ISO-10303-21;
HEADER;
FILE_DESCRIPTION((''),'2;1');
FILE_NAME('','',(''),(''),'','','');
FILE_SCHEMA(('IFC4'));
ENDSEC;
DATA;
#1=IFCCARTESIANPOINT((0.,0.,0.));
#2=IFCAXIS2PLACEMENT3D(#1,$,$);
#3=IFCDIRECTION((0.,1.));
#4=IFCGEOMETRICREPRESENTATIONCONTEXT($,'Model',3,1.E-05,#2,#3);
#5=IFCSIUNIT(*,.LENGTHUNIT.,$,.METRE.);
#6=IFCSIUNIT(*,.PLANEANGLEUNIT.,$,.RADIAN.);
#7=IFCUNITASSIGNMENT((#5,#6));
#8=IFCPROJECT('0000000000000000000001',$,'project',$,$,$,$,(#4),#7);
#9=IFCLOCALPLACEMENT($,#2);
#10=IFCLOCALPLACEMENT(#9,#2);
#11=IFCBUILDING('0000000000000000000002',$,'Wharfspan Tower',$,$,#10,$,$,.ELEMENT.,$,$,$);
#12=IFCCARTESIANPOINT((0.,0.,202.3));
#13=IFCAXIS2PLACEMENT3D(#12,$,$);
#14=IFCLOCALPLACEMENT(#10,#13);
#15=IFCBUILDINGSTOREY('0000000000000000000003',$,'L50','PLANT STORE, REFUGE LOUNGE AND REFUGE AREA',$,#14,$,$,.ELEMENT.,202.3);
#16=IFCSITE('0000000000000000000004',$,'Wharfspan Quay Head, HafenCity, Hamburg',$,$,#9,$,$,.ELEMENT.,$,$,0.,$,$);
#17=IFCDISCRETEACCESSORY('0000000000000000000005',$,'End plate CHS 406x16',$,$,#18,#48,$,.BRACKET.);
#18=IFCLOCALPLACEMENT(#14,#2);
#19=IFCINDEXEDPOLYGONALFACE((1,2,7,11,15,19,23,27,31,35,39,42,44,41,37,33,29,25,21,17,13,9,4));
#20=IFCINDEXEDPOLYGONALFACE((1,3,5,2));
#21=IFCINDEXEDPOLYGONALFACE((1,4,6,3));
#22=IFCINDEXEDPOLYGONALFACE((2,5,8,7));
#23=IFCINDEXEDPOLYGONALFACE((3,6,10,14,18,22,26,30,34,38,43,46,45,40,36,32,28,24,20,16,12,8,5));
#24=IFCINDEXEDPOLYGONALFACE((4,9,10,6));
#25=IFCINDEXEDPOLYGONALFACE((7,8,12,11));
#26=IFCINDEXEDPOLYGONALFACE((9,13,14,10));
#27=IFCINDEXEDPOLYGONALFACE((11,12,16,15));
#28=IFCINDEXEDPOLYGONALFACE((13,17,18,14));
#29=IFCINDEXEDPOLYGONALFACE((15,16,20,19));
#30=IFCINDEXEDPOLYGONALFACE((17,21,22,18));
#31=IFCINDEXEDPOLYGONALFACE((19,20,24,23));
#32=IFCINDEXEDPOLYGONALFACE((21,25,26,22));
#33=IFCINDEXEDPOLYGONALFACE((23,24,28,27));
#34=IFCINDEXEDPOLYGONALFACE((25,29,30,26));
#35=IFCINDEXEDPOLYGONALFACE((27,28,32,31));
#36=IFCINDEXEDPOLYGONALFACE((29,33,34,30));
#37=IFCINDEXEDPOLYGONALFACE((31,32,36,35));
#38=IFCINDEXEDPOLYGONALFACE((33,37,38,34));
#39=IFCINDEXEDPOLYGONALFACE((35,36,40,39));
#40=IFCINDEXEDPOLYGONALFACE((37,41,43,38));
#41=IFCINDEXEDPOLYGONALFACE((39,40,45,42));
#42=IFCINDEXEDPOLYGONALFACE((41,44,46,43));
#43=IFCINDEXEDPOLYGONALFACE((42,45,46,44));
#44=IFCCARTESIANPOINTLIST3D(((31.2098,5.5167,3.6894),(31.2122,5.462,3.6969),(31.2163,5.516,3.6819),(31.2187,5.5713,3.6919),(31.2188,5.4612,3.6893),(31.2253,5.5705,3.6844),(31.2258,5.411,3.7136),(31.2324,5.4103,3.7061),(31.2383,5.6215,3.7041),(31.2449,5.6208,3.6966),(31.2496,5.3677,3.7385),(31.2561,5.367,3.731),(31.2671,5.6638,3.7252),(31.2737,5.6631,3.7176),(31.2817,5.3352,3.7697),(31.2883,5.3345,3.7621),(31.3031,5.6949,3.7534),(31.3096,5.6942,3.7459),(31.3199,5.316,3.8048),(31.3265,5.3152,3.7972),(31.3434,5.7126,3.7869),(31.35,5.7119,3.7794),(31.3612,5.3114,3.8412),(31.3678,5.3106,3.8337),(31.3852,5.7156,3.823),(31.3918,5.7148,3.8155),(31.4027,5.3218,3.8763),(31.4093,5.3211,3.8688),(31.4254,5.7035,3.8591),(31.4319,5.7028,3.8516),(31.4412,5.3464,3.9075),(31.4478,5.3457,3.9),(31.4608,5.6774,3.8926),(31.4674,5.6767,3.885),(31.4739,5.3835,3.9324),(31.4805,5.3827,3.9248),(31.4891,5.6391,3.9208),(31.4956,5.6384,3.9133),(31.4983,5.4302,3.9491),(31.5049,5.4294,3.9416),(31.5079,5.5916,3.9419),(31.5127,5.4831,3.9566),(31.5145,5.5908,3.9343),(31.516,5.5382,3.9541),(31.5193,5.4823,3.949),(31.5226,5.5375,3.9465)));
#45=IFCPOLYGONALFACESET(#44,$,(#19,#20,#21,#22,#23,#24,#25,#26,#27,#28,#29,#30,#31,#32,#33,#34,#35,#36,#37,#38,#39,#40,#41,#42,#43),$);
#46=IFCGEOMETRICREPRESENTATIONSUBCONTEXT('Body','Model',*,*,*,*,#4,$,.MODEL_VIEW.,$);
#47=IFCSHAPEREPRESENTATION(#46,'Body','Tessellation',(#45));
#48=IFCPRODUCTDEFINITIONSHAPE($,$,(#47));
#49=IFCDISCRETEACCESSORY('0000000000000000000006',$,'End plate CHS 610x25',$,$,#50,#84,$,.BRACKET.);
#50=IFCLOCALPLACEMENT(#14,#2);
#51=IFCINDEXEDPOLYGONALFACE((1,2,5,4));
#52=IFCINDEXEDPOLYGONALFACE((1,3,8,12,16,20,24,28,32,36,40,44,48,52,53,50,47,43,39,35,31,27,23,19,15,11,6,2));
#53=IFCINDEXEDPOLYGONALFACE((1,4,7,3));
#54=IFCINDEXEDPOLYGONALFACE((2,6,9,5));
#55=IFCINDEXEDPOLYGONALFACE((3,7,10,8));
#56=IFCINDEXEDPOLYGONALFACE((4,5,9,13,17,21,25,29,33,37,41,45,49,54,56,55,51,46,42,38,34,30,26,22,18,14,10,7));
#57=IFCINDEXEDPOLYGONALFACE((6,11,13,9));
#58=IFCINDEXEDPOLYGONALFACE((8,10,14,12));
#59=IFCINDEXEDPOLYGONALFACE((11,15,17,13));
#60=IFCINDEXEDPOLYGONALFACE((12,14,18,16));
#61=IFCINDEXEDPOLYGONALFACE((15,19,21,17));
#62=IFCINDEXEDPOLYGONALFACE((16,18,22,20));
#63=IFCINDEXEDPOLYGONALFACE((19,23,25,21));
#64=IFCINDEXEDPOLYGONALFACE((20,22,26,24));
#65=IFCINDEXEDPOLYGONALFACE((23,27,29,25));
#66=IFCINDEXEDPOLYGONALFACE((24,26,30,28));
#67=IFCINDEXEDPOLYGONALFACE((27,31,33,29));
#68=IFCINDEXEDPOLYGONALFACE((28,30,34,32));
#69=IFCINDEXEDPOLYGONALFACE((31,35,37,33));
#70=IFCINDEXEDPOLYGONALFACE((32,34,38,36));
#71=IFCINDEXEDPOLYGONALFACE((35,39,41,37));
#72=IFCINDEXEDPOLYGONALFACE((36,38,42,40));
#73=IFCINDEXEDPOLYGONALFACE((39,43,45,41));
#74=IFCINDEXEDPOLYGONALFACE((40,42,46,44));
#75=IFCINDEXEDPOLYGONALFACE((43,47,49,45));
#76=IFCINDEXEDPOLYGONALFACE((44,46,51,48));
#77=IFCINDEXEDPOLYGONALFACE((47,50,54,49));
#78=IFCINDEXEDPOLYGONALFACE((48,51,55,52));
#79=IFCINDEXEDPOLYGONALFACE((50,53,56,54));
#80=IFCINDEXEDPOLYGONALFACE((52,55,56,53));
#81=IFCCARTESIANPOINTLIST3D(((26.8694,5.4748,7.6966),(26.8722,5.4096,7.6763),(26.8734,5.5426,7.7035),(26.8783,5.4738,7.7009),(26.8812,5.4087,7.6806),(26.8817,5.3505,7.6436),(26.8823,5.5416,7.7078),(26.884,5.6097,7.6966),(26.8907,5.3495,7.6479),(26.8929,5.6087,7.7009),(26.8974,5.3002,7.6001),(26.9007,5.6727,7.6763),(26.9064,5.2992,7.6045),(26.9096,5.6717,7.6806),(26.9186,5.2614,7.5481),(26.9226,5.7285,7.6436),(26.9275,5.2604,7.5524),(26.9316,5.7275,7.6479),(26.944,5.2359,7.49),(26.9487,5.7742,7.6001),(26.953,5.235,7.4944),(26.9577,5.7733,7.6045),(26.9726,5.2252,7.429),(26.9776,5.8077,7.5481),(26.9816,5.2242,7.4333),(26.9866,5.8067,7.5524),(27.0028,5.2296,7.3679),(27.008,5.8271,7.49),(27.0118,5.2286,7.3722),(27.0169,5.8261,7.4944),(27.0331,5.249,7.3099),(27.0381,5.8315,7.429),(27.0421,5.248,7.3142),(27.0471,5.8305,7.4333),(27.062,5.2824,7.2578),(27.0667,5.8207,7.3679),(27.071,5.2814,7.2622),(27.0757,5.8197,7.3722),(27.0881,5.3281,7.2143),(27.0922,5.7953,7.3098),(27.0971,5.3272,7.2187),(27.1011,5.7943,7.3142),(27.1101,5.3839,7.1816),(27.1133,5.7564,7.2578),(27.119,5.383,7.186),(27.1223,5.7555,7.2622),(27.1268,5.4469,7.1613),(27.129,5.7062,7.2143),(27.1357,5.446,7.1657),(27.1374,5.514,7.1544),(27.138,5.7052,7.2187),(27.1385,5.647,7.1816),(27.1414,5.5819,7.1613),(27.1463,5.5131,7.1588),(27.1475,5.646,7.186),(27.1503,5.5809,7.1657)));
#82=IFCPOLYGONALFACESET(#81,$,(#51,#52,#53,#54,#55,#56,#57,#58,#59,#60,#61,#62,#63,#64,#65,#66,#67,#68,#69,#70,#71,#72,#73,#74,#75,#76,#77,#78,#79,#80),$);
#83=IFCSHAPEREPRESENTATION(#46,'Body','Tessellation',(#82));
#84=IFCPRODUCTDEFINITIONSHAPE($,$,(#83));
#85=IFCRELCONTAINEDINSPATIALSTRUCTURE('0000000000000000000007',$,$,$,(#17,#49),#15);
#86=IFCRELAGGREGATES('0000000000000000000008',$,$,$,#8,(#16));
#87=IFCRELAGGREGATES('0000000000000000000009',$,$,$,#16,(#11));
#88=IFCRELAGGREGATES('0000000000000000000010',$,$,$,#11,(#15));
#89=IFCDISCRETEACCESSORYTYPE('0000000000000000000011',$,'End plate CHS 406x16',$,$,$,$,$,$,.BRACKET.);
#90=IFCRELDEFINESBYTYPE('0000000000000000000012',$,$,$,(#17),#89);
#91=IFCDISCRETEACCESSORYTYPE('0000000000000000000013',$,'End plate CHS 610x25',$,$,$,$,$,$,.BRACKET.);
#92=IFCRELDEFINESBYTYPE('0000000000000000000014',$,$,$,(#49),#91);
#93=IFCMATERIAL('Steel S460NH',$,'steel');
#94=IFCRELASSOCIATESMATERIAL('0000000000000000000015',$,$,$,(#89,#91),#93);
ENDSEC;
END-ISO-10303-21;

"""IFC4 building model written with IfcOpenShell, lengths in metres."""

from ifc_helpers import new_model, si_unit, direction, frame, origin, origin_2d, place, context, subcontext, project, spatial, circle, extrude, material, material_profile, profile_set, type_object, element, save


model = new_model("IFC4")

# Units and contexts
model_context = context("Model", 3, precision=1e-05, world=origin(), true_north=direction((0.0, 1.0)))
body_context = subcontext(model_context, "Body", "Model", "MODEL_VIEW")
ifc_project = project(units=[si_unit("LENGTHUNIT", "METRE"), si_unit("PLANEANGLEUNIT", "RADIAN")], contexts=[model_context])

# Site, building, storey
site_placement = place(None, origin())
site = spatial("IfcSite", under=ifc_project, at=site_placement, Name="Wharfspan Quay Head, HafenCity, Hamburg", CompositionType="ELEMENT", RefElevation=0.0)
building_placement = place(site_placement, origin())
building = spatial("IfcBuilding", under=site, at=building_placement, Name="Wharfspan Tower", CompositionType="ELEMENT")
storey_placement = place(building_placement, frame((0.0, 0.0, 202.3)))
storey = spatial("IfcBuildingStorey", under=building, at=storey_placement, Name="L50", Description="PLANT STORE, REFUGE LOUNGE AND REFUGE AREA", CompositionType="ELEMENT", Elevation=202.3)

# Shared definitions
ifc_material_1 = material(Name="Steel S460NH", Category="steel")

# Discrete accessories
ifc_material_profile_1 = material_profile(ifc_material_1, circle(Radius=0.2031, at=origin_2d()))
ifc_profile_set_1 = profile_set([ifc_material_profile_1], Name="Steel S460NH")
discrete_accessory_type_1 = type_object("IfcDiscreteAccessoryType", Name="End plate CHS 406x16", PredefinedType="BRACKET", material=ifc_profile_set_1)
for number, where, z_axis, x_axis, name in (
    (1, (31.3628, 5.5137, 3.823), (0.655039, -0.072782, -0.752082), (0.11043, 0.993882, -0.000001), "End plate CHS 406x16"),
):
    element("IfcDiscreteAccessory", number, at=place(storey_placement, frame(where, z_axis=z_axis, x_axis=x_axis)), inside=storey, type_object=discrete_accessory_type_1, Name=name, PredefinedType="BRACKET", context=body_context, shape_type="SweptSolid", body=[
        extrude(circle(Radius=0.2031, at=origin_2d()), origin(), (0.0, 0.0, 1.0), 0.01),
    ])
ifc_material_profile_2 = material_profile(ifc_material_1, circle(Radius=0.3049, at=origin_2d()))
ifc_profile_set_2 = profile_set([ifc_material_profile_2], Name="Steel S460NH")
discrete_accessory_type_2 = type_object("IfcDiscreteAccessoryType", Name="End plate CHS 610x25", PredefinedType="BRACKET", material=ifc_profile_set_2)
discrete_accessory_placement = place(storey_placement, frame((27.0054, 5.5283, 7.429), z_axis=(0.895016, -0.096758, 0.435413), x_axis=(0.107482, 0.994209, -0.000001)))
element("IfcDiscreteAccessory", 2, at=discrete_accessory_placement, inside=storey, type_object=discrete_accessory_type_2, Name="End plate CHS 610x25", PredefinedType="BRACKET", context=body_context, shape_type="SweptSolid", body=[
    extrude(circle(Radius=0.3049, at=origin_2d()), origin(), (0.0, 0.0, 1.0), 0.01),
])

save(model, "model.ifc")
